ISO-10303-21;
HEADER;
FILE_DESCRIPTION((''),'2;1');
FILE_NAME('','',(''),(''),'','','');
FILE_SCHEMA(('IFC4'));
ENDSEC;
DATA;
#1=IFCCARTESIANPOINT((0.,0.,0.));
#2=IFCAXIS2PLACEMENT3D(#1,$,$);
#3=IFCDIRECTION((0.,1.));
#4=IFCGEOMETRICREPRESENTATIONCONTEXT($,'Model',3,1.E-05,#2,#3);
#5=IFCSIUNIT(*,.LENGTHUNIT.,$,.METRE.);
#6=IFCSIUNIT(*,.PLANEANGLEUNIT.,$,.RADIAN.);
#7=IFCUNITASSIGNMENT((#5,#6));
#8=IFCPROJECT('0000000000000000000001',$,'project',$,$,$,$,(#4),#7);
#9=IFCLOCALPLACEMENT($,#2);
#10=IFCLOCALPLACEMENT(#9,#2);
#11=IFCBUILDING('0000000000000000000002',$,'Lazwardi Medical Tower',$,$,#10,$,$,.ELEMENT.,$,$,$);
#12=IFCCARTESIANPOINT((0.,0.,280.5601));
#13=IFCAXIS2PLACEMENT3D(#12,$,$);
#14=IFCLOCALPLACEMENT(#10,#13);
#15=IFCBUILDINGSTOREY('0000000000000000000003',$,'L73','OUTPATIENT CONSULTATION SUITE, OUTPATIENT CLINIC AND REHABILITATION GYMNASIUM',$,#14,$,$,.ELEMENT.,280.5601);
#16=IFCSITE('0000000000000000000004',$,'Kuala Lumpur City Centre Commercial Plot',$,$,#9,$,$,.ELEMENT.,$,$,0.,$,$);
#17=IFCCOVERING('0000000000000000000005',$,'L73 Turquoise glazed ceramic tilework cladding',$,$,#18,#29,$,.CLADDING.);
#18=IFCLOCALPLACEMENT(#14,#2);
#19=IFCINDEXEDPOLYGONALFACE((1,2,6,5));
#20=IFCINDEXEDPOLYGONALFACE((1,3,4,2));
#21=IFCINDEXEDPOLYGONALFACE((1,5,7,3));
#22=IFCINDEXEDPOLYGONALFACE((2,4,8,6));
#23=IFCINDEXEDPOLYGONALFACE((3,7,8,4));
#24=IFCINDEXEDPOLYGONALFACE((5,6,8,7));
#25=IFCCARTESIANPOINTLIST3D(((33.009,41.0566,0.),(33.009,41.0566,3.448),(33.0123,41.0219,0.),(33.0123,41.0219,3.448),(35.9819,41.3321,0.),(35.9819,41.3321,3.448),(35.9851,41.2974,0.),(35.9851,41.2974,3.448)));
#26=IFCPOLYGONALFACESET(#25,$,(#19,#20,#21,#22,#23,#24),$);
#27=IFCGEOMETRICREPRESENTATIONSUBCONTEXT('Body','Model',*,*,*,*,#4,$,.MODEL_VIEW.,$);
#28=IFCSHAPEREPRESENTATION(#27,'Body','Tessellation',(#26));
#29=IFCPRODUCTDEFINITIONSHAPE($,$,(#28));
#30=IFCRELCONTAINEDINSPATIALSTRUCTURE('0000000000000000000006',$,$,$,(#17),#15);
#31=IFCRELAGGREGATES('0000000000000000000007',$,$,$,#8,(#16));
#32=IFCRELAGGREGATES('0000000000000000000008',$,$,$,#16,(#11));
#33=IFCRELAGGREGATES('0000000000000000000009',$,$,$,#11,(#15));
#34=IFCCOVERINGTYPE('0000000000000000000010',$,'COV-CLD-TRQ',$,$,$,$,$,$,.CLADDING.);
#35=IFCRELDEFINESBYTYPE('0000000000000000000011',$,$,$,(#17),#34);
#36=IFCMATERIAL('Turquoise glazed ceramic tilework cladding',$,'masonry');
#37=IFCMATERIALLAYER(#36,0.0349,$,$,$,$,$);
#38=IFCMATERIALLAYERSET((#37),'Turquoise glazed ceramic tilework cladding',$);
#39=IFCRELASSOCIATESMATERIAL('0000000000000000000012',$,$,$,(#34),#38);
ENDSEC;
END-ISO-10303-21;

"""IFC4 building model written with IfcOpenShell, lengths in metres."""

from ifc_helpers import new_model, si_unit, direction, frame, origin, origin_2d, place, context, subcontext, project, spatial, rectangle, extrude, material, layer, layer_set, type_object, element, save


model = new_model("IFC4")

# Units and contexts
model_context = context("Model", 3, precision=1e-05, world=origin(), true_north=direction((0.0, 1.0)))
body_context = subcontext(model_context, "Body", "Model", "MODEL_VIEW")
ifc_project = project(units=[si_unit("LENGTHUNIT", "METRE"), si_unit("PLANEANGLEUNIT", "RADIAN")], contexts=[model_context])

# Site, building, storey
site_placement = place(None, origin())
site = spatial("IfcSite", under=ifc_project, at=site_placement, Name="Kuala Lumpur City Centre Commercial Plot", CompositionType="ELEMENT", RefElevation=0.0)
building_placement = place(site_placement, origin())
building = spatial("IfcBuilding", under=site, at=building_placement, Name="Lazwardi Medical Tower", CompositionType="ELEMENT")
storey_placement = place(building_placement, frame((0.0, 0.0, 280.5601)))
storey = spatial("IfcBuildingStorey", under=building, at=storey_placement, Name="L73", Description="OUTPATIENT CONSULTATION SUITE, OUTPATIENT CLINIC AND REHABILITATION GYMNASIUM", CompositionType="ELEMENT", Elevation=280.5601)

# Covering
ifc_material_1 = material(Name="Turquoise glazed ceramic tilework cladding", Category="masonry")
ifc_layer_1 = layer(ifc_material_1, 0.0349)
ifc_layer_set_1 = layer_set([ifc_layer_1], Name="Turquoise glazed ceramic tilework cladding")
covering_type_1 = type_object("IfcCoveringType", Name="COV-CLD-TRQ", PredefinedType="CLADDING", material=ifc_layer_set_1)
covering_1_placement = place(storey_placement, frame((34.4971, 41.177, 0.0), z_axis=(0.0, 0.0, 1.0), x_axis=(-0.995734, -0.092275, 0.0)))
element("IfcCovering", 1, at=covering_1_placement, inside=storey, type_object=covering_type_1, Name="L73 Turquoise glazed ceramic tilework cladding", PredefinedType="CLADDING", context=body_context, shape_type="SweptSolid", body=[
    extrude(rectangle(XDim=2.9856, YDim=0.0349, at=origin_2d()), origin(), (0.0, 0.0, 1.0), 3.448),
])

save(model, "model.ifc")
